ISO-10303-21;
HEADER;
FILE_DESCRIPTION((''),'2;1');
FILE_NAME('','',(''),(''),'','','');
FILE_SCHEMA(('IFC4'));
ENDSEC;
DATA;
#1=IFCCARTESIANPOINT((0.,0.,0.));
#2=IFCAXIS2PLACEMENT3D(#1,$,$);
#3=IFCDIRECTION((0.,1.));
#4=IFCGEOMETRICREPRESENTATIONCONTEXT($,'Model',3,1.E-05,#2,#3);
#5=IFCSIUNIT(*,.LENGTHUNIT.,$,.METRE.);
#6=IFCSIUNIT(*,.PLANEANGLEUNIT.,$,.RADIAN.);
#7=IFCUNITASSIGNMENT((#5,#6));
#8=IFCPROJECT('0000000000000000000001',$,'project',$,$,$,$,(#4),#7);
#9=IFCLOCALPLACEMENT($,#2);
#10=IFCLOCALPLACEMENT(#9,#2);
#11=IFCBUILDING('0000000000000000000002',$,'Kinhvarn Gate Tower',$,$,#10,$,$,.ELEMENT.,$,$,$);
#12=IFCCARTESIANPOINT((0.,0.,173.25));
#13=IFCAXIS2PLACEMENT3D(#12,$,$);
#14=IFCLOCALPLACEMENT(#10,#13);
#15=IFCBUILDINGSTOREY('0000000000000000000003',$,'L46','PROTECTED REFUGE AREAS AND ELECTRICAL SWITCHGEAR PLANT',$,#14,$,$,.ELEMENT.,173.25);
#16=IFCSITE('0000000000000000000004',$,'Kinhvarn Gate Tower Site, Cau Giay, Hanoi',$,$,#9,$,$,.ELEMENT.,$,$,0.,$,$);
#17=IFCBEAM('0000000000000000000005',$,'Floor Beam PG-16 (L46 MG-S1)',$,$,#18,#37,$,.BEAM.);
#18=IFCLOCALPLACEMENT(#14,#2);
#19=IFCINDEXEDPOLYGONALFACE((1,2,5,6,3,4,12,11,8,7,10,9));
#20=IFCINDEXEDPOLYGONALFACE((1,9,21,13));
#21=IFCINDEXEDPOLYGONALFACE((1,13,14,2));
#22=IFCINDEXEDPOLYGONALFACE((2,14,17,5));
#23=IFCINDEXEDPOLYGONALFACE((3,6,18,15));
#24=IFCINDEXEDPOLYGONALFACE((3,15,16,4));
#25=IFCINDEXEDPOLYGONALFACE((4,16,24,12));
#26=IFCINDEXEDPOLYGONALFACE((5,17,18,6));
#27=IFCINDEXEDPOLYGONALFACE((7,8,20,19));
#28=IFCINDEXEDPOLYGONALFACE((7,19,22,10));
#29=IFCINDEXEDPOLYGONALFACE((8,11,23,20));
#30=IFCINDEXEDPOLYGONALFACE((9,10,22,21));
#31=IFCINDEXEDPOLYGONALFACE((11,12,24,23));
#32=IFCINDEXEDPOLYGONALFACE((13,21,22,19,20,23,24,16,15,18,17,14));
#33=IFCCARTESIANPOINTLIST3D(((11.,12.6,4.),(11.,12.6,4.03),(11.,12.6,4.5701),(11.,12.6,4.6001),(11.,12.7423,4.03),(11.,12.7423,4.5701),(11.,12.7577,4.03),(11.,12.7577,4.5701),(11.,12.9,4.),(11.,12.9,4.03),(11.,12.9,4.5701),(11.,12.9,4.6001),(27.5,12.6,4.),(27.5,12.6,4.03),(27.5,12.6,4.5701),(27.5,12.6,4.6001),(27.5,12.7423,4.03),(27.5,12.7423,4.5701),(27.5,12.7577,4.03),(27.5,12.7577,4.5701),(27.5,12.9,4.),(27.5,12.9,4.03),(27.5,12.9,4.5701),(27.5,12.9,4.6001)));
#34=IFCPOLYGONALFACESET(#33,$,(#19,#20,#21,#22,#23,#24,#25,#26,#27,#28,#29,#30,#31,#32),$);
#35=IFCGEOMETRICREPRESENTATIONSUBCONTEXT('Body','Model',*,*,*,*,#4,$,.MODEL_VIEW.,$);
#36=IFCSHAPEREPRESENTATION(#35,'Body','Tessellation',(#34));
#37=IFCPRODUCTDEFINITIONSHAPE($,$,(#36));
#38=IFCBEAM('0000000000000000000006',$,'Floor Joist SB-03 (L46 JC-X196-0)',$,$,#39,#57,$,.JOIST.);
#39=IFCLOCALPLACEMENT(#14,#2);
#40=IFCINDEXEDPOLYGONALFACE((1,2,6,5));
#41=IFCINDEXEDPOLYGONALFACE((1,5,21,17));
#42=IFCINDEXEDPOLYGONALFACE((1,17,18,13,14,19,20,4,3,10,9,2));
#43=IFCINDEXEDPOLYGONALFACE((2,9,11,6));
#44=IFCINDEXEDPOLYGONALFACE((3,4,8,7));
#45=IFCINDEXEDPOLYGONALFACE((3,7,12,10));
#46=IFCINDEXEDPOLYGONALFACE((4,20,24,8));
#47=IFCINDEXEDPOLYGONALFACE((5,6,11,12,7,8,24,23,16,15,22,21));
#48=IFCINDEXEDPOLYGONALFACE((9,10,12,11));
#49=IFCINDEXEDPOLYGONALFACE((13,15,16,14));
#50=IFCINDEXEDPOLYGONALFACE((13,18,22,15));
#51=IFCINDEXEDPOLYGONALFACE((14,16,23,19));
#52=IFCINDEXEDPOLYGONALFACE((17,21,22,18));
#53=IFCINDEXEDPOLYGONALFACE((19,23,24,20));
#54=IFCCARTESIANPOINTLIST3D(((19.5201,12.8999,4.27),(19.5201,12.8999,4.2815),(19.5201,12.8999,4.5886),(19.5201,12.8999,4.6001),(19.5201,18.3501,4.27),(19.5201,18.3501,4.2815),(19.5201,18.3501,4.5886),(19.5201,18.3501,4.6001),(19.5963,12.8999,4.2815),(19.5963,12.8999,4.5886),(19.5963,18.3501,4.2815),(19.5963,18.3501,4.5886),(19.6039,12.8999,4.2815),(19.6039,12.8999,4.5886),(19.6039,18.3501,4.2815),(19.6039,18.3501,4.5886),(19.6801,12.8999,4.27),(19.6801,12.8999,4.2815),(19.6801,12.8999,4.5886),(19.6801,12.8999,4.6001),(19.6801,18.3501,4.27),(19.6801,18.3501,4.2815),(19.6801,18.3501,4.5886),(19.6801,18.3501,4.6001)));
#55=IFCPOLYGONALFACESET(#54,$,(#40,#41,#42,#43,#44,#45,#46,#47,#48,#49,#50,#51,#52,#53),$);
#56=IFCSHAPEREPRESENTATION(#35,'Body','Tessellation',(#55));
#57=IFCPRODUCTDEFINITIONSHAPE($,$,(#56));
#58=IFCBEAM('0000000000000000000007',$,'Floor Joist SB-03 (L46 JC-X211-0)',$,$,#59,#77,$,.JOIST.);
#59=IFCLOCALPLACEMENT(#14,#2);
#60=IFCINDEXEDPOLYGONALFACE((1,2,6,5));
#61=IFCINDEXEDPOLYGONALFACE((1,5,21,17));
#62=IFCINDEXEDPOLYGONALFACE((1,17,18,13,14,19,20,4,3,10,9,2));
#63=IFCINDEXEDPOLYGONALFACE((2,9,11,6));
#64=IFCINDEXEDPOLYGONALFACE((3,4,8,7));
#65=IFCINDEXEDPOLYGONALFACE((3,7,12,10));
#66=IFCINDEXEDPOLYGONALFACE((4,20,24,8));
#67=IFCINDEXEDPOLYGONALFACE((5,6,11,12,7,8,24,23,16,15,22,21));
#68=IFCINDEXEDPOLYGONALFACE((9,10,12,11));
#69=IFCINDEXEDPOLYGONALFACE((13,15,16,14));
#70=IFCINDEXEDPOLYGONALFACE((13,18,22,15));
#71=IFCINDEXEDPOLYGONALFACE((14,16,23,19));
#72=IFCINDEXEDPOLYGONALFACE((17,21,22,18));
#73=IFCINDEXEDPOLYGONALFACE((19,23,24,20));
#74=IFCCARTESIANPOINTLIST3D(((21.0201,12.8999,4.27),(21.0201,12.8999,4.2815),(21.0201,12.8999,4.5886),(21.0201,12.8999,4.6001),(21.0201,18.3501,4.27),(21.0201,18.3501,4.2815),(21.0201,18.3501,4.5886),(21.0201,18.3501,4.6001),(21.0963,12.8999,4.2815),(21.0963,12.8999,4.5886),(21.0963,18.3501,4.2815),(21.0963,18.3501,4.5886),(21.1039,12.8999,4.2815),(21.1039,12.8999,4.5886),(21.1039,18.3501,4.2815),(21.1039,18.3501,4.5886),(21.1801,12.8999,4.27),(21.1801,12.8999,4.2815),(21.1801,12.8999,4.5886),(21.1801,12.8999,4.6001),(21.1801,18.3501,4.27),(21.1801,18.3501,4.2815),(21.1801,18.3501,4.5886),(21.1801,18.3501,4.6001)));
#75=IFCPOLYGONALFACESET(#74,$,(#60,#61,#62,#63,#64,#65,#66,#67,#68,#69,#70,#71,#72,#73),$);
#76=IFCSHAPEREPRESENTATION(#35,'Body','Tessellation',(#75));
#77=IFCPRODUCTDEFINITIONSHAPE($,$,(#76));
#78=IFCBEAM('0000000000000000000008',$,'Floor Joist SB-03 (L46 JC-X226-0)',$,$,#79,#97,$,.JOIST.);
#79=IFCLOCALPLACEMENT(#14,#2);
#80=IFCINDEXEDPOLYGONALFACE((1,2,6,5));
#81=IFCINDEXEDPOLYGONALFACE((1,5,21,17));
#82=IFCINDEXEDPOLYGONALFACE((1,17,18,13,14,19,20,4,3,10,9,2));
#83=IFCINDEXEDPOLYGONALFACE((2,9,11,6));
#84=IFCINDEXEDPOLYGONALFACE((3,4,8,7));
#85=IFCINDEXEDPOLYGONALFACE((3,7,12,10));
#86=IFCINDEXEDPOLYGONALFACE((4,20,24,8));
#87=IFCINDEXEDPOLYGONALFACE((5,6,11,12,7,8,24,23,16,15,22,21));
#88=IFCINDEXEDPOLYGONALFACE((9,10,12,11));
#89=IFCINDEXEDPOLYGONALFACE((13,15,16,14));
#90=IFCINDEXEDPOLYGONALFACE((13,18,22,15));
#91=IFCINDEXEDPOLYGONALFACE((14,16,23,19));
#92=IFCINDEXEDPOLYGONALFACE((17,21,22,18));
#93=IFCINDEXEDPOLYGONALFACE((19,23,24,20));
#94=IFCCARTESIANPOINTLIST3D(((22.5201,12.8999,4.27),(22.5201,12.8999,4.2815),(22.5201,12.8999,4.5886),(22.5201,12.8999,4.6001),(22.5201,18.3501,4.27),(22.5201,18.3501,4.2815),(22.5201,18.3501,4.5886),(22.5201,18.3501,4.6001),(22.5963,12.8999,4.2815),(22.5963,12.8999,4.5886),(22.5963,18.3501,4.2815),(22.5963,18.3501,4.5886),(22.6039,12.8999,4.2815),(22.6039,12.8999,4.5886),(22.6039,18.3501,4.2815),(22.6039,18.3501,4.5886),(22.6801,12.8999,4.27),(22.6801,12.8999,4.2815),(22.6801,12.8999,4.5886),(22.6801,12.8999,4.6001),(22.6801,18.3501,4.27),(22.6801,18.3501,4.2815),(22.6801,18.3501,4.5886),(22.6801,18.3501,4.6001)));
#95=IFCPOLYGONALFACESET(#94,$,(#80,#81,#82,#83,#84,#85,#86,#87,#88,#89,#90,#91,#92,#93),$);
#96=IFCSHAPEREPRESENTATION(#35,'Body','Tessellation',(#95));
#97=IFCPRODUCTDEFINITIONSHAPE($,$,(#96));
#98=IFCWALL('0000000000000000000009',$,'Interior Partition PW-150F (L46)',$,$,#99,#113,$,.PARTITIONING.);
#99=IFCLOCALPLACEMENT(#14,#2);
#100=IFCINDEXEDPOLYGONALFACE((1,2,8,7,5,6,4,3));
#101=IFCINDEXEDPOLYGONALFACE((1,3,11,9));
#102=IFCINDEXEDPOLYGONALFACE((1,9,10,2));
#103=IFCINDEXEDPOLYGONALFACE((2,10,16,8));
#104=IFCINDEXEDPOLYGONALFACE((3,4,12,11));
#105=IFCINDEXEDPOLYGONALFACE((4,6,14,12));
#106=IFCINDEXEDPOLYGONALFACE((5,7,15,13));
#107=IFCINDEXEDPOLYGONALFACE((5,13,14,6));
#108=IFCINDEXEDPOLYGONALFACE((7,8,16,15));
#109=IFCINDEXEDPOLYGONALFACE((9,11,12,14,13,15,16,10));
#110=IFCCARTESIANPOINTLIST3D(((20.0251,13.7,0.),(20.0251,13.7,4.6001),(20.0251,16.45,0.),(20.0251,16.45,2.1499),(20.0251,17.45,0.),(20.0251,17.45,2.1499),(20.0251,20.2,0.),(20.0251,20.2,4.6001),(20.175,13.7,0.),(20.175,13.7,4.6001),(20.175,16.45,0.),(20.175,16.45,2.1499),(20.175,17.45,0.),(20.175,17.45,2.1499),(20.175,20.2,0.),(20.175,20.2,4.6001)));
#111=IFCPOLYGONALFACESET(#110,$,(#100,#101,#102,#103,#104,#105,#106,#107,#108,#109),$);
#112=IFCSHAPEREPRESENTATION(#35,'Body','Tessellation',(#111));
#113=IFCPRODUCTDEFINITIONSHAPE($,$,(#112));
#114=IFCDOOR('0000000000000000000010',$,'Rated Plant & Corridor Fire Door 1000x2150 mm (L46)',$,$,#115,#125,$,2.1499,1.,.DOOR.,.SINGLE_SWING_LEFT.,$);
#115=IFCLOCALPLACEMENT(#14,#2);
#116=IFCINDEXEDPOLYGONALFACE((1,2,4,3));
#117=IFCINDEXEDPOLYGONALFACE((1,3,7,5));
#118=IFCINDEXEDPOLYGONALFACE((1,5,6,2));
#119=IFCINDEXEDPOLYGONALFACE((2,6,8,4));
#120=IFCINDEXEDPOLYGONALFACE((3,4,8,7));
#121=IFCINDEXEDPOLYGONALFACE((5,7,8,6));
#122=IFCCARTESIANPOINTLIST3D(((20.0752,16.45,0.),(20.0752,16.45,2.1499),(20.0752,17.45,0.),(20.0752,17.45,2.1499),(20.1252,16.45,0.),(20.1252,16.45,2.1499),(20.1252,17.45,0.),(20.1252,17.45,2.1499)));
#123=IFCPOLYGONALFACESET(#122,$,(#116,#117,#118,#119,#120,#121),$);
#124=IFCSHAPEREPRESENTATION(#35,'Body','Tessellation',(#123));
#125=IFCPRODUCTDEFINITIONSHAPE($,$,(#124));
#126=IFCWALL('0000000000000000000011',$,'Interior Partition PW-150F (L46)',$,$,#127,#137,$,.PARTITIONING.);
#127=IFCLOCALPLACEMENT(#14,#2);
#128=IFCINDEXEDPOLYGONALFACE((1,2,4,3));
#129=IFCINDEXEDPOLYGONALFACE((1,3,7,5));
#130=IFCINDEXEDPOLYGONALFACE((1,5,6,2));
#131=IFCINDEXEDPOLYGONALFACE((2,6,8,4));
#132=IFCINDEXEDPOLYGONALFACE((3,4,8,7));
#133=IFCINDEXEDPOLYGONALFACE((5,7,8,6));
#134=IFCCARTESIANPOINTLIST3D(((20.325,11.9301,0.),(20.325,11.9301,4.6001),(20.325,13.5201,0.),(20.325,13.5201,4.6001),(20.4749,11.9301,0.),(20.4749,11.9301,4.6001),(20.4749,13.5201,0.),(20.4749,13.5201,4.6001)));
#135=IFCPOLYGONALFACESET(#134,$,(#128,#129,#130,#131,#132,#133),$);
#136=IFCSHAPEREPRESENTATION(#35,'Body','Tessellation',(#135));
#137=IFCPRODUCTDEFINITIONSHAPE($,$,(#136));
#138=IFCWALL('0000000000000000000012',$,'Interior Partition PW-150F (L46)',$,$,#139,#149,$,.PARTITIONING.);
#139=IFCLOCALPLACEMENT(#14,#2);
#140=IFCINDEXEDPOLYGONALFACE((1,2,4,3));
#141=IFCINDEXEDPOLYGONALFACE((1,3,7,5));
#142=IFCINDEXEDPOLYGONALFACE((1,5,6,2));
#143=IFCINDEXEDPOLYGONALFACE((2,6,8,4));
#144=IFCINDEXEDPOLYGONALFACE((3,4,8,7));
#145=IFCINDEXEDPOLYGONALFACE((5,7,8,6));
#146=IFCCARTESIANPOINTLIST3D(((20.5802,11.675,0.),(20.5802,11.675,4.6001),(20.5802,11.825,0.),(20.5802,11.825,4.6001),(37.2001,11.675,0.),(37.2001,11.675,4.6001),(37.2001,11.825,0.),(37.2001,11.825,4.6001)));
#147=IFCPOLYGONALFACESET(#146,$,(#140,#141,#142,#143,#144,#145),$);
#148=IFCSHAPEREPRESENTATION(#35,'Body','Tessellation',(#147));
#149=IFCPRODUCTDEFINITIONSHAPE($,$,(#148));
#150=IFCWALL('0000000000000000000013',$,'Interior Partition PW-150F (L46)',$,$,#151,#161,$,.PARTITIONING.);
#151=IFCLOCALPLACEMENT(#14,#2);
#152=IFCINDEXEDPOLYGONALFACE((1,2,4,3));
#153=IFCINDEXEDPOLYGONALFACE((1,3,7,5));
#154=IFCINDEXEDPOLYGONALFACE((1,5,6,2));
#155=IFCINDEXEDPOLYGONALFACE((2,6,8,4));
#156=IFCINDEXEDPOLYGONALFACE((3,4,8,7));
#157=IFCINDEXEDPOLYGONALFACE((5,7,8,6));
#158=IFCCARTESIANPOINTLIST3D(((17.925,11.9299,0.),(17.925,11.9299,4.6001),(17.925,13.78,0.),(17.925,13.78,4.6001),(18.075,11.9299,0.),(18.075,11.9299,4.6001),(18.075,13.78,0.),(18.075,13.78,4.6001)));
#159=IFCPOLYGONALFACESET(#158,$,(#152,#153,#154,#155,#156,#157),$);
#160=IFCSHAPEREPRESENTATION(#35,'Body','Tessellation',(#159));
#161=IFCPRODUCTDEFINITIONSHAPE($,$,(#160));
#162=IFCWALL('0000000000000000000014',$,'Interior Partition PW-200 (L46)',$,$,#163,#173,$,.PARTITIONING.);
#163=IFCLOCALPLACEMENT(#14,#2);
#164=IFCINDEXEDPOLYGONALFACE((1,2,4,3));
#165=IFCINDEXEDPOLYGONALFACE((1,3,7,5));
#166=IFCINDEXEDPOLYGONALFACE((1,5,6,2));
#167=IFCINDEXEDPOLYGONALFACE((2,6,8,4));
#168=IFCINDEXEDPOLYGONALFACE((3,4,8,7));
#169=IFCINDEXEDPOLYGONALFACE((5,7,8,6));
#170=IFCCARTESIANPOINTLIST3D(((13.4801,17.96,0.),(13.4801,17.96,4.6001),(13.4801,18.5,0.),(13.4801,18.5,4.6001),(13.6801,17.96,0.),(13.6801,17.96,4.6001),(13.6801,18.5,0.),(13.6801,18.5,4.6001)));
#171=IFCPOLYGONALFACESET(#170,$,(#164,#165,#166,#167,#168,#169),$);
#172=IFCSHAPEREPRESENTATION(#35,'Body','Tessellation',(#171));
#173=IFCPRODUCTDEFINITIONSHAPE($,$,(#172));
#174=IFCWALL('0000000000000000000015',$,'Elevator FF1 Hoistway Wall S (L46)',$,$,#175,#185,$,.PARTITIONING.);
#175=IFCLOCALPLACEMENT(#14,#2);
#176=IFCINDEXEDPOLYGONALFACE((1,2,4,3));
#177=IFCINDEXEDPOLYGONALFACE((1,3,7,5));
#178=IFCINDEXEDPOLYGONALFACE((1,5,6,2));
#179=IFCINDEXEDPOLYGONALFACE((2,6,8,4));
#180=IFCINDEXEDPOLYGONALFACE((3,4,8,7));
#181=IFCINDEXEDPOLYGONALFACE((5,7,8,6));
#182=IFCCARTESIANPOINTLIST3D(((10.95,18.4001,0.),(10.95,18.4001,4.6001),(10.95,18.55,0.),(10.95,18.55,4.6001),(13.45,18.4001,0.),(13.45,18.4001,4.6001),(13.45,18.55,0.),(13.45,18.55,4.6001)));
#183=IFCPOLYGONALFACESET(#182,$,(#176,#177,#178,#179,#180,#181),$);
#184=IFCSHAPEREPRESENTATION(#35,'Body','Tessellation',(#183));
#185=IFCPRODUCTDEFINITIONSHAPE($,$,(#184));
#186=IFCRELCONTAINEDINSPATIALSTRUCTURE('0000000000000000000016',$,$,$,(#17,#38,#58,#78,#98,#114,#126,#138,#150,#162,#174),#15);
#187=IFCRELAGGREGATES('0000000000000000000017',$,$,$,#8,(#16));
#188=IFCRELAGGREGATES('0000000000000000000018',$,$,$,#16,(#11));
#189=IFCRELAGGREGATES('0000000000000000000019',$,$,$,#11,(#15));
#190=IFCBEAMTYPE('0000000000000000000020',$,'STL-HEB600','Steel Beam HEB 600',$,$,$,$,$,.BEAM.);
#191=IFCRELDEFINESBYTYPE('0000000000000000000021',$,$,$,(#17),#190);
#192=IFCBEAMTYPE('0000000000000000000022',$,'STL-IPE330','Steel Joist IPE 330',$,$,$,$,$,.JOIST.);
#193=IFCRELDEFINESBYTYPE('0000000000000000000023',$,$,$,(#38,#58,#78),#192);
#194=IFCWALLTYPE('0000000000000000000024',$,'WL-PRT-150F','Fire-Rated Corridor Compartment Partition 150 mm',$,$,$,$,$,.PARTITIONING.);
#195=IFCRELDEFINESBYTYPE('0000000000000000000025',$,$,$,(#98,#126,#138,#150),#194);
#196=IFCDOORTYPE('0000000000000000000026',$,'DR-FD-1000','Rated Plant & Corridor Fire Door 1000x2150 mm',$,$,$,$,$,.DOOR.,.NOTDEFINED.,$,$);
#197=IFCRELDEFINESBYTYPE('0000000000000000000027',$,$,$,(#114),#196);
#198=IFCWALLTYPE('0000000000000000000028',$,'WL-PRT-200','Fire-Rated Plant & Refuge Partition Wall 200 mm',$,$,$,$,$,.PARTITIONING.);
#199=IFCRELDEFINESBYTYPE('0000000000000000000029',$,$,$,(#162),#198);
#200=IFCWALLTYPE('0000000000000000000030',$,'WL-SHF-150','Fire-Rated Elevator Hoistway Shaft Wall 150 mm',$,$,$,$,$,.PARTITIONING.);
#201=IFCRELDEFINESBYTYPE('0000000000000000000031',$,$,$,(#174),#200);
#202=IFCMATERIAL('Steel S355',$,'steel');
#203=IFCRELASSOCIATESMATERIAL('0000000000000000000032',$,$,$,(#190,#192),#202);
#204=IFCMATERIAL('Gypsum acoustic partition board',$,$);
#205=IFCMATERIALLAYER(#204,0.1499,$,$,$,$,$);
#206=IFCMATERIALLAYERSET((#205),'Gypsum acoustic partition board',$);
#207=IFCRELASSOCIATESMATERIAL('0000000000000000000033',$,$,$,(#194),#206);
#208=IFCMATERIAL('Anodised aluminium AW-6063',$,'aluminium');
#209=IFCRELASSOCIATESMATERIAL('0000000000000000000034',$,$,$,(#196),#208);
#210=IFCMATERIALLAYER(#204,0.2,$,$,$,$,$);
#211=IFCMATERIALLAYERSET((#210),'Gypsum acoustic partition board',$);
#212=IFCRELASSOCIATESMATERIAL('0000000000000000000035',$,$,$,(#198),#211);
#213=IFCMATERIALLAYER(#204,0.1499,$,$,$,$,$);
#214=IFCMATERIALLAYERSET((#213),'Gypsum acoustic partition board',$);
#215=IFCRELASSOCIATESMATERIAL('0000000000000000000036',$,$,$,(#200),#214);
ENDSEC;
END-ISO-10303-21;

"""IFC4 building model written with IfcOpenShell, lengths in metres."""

from ifc_helpers import new_model, si_unit, direction, frame, frame_2d, origin, origin_2d, place, context, subcontext, project, spatial, rectangle, i_section, extrude, material, layer, layer_set, material_profile, profile_set, type_object, element, fill, save


model = new_model("IFC4")

# Units and contexts
model_context = context("Model", 3, precision=1e-05, world=origin(), true_north=direction((0.0, 1.0)))
body_context = subcontext(model_context, "Body", "Model", "MODEL_VIEW")
ifc_project = project(units=[si_unit("LENGTHUNIT", "METRE"), si_unit("PLANEANGLEUNIT", "RADIAN")], contexts=[model_context])

# Site, building, storey
site_placement = place(None, origin())
site = spatial("IfcSite", under=ifc_project, at=site_placement, Name="Kinhvarn Gate Tower Site, Cau Giay, Hanoi", CompositionType="ELEMENT", RefElevation=0.0)
building_placement = place(site_placement, origin())
building = spatial("IfcBuilding", under=site, at=building_placement, Name="Kinhvarn Gate Tower", CompositionType="ELEMENT")
storey_placement = place(building_placement, frame((0.0, 0.0, 173.25)))
storey = spatial("IfcBuildingStorey", under=building, at=storey_placement, Name="L46", Description="PROTECTED REFUGE AREAS AND ELECTRICAL SWITCHGEAR PLANT", CompositionType="ELEMENT", Elevation=173.25)

# Shared definitions
ifc_material_1 = material(Name="Steel S355", Category="steel")

# Beams
ifc_material_profile_1 = material_profile(ifc_material_1, i_section(OverallWidth=0.3, OverallDepth=0.6001, WebThickness=0.0154, FlangeThickness=0.03, at=origin_2d()), Name="HEB 600")
ifc_profile_set_1 = profile_set([ifc_material_profile_1], Name="Steel S355")
beam_type_1 = type_object("IfcBeamType", Name="STL-HEB600", Description="Steel Beam HEB 600", PredefinedType="BEAM", material=ifc_profile_set_1)
beam_1_placement = place(storey_placement, frame((11.0, 12.75, 4.3), z_axis=(1.0, 0.0, 0.0), x_axis=(0.0, 1.0, 0.0)))
element("IfcBeam", 1, at=beam_1_placement, inside=storey, type_object=beam_type_1, Name="Floor Beam PG-16 (L46 MG-S1)", PredefinedType="BEAM", context=body_context, shape_type="SweptSolid", body=[
    extrude(i_section(OverallWidth=0.3, OverallDepth=0.6001, WebThickness=0.0154, FlangeThickness=0.03, at=origin_2d()), origin(), (0.0, 0.0, 1.0), 16.5),
])
ifc_material_profile_2 = material_profile(ifc_material_1, i_section(OverallWidth=0.1599, OverallDepth=0.3301, WebThickness=0.0076, FlangeThickness=0.0115, at=origin_2d()), Name="IPE 330")
ifc_profile_set_2 = profile_set([ifc_material_profile_2], Name="Steel S355")
beam_type_2 = type_object("IfcBeamType", Name="STL-IPE330", Description="Steel Joist IPE 330", PredefinedType="JOIST", material=ifc_profile_set_2)
for number, where, z_axis, x_axis, name in (
    (2, (19.6001, 12.8999, 4.4351), (0.0, 1.0, 0.0), (-1.0, 0.0, 0.0), "Floor Joist SB-03 (L46 JC-X196-0)"),
    (3, (21.1001, 12.8999, 4.4351), (0.0, 1.0, 0.0), (-1.0, 0.0, 0.0), "Floor Joist SB-03 (L46 JC-X211-0)"),
    (4, (22.6001, 12.8999, 4.4351), (0.0, 1.0, 0.0), (-1.0, 0.0, 0.0), "Floor Joist SB-03 (L46 JC-X226-0)"),
):
    element("IfcBeam", number, at=place(storey_placement, frame(where, z_axis=z_axis, x_axis=x_axis)), inside=storey, type_object=beam_type_2, Name=name, PredefinedType="JOIST", context=body_context, shape_type="SweptSolid", body=[
        extrude(i_section(OverallWidth=0.1599, OverallDepth=0.3301, WebThickness=0.0076, FlangeThickness=0.0115, at=origin_2d()), origin(), (0.0, 0.0, 1.0), 5.4502),
    ])

# Wall, opening, door
ifc_material_2 = material(Name="Anodised aluminium AW-6063", Category="aluminium")
ifc_material_3 = material(Name="Gypsum acoustic partition board")
ifc_layer_1 = layer(ifc_material_3, 0.1499)
ifc_layer_set_1 = layer_set([ifc_layer_1], Name="Gypsum acoustic partition board")
wall_type_1 = type_object("IfcWallType", Name="WL-PRT-150F", Description="Fire-Rated Corridor Compartment Partition 150 mm", PredefinedType="PARTITIONING", material=ifc_layer_set_1)
wall_1_placement = place(storey_placement, frame((20.1001, 13.7, 0.0), z_axis=(0.0, 0.0, 1.0), x_axis=(0.0, 1.0, 0.0)))
wall_1 = element("IfcWall", 5, at=wall_1_placement, inside=storey, type_object=wall_type_1, Name="Interior Partition PW-150F (L46)", PredefinedType="PARTITIONING", context=body_context, shape_type="SweptSolid", body=[
    extrude(rectangle(XDim=6.5, YDim=0.1499, at=frame_2d((3.25, 0.0))), origin(), (0.0, 0.0, 1.0), 4.6001),
])
opening_1_placement = place(wall_1_placement, frame((2.75, 0.0, 0.0)))
opening_1 = element("IfcOpeningElement", 6, at=opening_1_placement, cuts=wall_1, PredefinedType="OPENING", context=body_context, shape_type="SweptSolid", body=[
    extrude(rectangle(XDim=1.0, YDim=2.1499, at=frame_2d((0.5, 1.075))), frame((0.0, 0.085, 0.0), z_axis=(0.0, -1.0, 0.0), x_axis=(1.0, 0.0, 0.0)), (0.0, 0.0, 1.0), 0.1699),
])
door_type_1 = type_object("IfcDoorType", Name="DR-FD-1000", Description="Rated Plant & Corridor Fire Door 1000x2150 mm", OperationType="NOTDEFINED", PredefinedType="DOOR", material=ifc_material_2)
door_1_placement = place(opening_1_placement, origin())
door_1 = element("IfcDoor", 7, at=door_1_placement, inside=storey, type_object=door_type_1, Name="Rated Plant & Corridor Fire Door 1000x2150 mm (L46)", OperationType="SINGLE_SWING_LEFT", OverallHeight=2.1499, OverallWidth=1.0, PredefinedType="DOOR", context=body_context, shape_type="SweptSolid", body=[
    extrude(rectangle(XDim=1.0, YDim=2.1499, at=frame_2d((0.5, 1.075))), frame((0.0, 0.0249, 0.0), z_axis=(0.0, -1.0, 0.0), x_axis=(1.0, 0.0, 0.0)), (0.0, 0.0, 1.0), 0.05),
])
fill(opening_1, door_1)

# Walls
wall_2_placement = place(storey_placement, frame((20.3999, 13.52, 0.0), z_axis=(0.0, 0.0, 1.0), x_axis=(0.0, -1.0, 0.0)))
element("IfcWall", 8, at=wall_2_placement, inside=storey, type_object=wall_type_1, Name="Interior Partition PW-150F (L46)", PredefinedType="PARTITIONING", context=body_context, shape_type="SweptSolid", body=[
    extrude(rectangle(XDim=1.5901, YDim=0.1499, at=frame_2d((0.7949, 0.0))), origin(), (0.0, 0.0, 1.0), 4.6001),
])
wall_3_placement = place(storey_placement, frame((20.5801, 11.75, 0.0), z_axis=(0.0, 0.0, 1.0), x_axis=(1.0, 0.0, 0.0)))
element("IfcWall", 9, at=wall_3_placement, inside=storey, type_object=wall_type_1, Name="Interior Partition PW-150F (L46)", PredefinedType="PARTITIONING", context=body_context, shape_type="SweptSolid", body=[
    extrude(rectangle(XDim=16.6199, YDim=0.1499, at=frame_2d((8.3101, 0.0))), origin(), (0.0, 0.0, 1.0), 4.6001),
])
wall_4_placement = place(storey_placement, frame((18.0, 11.9299, 0.0), z_axis=(0.0, 0.0, 1.0), x_axis=(0.0, 1.0, 0.0)))
element("IfcWall", 10, at=wall_4_placement, inside=storey, type_object=wall_type_1, Name="Interior Partition PW-150F (L46)", PredefinedType="PARTITIONING", context=body_context, shape_type="SweptSolid", body=[
    extrude(rectangle(XDim=1.8501, YDim=0.1499, at=frame_2d((0.925, 0.0))), origin(), (0.0, 0.0, 1.0), 4.6001),
])
ifc_layer_2 = layer(ifc_material_3, 0.2)
ifc_layer_set_2 = layer_set([ifc_layer_2], Name="Gypsum acoustic partition board")
wall_type_2 = type_object("IfcWallType", Name="WL-PRT-200", Description="Fire-Rated Plant & Refuge Partition Wall 200 mm", PredefinedType="PARTITIONING", material=ifc_layer_set_2)
wall_5_placement = place(storey_placement, frame((13.5801, 17.96, 0.0), z_axis=(0.0, 0.0, 1.0), x_axis=(0.0, 1.0, 0.0)))
element("IfcWall", 11, at=wall_5_placement, inside=storey, type_object=wall_type_2, Name="Interior Partition PW-200 (L46)", PredefinedType="PARTITIONING", context=body_context, shape_type="SweptSolid", body=[
    extrude(rectangle(XDim=0.54, YDim=0.2, at=frame_2d((0.27, 0.0))), origin(), (0.0, 0.0, 1.0), 4.6001),
])
ifc_layer_3 = layer(ifc_material_3, 0.1499)
ifc_layer_set_3 = layer_set([ifc_layer_3], Name="Gypsum acoustic partition board")
wall_type_3 = type_object("IfcWallType", Name="WL-SHF-150", Description="Fire-Rated Elevator Hoistway Shaft Wall 150 mm", PredefinedType="PARTITIONING", material=ifc_layer_set_3)
wall_6_placement = place(storey_placement, frame((10.95, 18.4751, 0.0), z_axis=(0.0, 0.0, 1.0), x_axis=(1.0, 0.0, 0.0)))
element("IfcWall", 12, at=wall_6_placement, inside=storey, type_object=wall_type_3, Name="Elevator FF1 Hoistway Wall S (L46)", PredefinedType="PARTITIONING", context=body_context, shape_type="SweptSolid", body=[
    extrude(rectangle(XDim=2.5, YDim=0.1499, at=frame_2d((1.25, 0.0))), origin(), (0.0, 0.0, 1.0), 4.6001),
])

save(model, "model.ifc")
